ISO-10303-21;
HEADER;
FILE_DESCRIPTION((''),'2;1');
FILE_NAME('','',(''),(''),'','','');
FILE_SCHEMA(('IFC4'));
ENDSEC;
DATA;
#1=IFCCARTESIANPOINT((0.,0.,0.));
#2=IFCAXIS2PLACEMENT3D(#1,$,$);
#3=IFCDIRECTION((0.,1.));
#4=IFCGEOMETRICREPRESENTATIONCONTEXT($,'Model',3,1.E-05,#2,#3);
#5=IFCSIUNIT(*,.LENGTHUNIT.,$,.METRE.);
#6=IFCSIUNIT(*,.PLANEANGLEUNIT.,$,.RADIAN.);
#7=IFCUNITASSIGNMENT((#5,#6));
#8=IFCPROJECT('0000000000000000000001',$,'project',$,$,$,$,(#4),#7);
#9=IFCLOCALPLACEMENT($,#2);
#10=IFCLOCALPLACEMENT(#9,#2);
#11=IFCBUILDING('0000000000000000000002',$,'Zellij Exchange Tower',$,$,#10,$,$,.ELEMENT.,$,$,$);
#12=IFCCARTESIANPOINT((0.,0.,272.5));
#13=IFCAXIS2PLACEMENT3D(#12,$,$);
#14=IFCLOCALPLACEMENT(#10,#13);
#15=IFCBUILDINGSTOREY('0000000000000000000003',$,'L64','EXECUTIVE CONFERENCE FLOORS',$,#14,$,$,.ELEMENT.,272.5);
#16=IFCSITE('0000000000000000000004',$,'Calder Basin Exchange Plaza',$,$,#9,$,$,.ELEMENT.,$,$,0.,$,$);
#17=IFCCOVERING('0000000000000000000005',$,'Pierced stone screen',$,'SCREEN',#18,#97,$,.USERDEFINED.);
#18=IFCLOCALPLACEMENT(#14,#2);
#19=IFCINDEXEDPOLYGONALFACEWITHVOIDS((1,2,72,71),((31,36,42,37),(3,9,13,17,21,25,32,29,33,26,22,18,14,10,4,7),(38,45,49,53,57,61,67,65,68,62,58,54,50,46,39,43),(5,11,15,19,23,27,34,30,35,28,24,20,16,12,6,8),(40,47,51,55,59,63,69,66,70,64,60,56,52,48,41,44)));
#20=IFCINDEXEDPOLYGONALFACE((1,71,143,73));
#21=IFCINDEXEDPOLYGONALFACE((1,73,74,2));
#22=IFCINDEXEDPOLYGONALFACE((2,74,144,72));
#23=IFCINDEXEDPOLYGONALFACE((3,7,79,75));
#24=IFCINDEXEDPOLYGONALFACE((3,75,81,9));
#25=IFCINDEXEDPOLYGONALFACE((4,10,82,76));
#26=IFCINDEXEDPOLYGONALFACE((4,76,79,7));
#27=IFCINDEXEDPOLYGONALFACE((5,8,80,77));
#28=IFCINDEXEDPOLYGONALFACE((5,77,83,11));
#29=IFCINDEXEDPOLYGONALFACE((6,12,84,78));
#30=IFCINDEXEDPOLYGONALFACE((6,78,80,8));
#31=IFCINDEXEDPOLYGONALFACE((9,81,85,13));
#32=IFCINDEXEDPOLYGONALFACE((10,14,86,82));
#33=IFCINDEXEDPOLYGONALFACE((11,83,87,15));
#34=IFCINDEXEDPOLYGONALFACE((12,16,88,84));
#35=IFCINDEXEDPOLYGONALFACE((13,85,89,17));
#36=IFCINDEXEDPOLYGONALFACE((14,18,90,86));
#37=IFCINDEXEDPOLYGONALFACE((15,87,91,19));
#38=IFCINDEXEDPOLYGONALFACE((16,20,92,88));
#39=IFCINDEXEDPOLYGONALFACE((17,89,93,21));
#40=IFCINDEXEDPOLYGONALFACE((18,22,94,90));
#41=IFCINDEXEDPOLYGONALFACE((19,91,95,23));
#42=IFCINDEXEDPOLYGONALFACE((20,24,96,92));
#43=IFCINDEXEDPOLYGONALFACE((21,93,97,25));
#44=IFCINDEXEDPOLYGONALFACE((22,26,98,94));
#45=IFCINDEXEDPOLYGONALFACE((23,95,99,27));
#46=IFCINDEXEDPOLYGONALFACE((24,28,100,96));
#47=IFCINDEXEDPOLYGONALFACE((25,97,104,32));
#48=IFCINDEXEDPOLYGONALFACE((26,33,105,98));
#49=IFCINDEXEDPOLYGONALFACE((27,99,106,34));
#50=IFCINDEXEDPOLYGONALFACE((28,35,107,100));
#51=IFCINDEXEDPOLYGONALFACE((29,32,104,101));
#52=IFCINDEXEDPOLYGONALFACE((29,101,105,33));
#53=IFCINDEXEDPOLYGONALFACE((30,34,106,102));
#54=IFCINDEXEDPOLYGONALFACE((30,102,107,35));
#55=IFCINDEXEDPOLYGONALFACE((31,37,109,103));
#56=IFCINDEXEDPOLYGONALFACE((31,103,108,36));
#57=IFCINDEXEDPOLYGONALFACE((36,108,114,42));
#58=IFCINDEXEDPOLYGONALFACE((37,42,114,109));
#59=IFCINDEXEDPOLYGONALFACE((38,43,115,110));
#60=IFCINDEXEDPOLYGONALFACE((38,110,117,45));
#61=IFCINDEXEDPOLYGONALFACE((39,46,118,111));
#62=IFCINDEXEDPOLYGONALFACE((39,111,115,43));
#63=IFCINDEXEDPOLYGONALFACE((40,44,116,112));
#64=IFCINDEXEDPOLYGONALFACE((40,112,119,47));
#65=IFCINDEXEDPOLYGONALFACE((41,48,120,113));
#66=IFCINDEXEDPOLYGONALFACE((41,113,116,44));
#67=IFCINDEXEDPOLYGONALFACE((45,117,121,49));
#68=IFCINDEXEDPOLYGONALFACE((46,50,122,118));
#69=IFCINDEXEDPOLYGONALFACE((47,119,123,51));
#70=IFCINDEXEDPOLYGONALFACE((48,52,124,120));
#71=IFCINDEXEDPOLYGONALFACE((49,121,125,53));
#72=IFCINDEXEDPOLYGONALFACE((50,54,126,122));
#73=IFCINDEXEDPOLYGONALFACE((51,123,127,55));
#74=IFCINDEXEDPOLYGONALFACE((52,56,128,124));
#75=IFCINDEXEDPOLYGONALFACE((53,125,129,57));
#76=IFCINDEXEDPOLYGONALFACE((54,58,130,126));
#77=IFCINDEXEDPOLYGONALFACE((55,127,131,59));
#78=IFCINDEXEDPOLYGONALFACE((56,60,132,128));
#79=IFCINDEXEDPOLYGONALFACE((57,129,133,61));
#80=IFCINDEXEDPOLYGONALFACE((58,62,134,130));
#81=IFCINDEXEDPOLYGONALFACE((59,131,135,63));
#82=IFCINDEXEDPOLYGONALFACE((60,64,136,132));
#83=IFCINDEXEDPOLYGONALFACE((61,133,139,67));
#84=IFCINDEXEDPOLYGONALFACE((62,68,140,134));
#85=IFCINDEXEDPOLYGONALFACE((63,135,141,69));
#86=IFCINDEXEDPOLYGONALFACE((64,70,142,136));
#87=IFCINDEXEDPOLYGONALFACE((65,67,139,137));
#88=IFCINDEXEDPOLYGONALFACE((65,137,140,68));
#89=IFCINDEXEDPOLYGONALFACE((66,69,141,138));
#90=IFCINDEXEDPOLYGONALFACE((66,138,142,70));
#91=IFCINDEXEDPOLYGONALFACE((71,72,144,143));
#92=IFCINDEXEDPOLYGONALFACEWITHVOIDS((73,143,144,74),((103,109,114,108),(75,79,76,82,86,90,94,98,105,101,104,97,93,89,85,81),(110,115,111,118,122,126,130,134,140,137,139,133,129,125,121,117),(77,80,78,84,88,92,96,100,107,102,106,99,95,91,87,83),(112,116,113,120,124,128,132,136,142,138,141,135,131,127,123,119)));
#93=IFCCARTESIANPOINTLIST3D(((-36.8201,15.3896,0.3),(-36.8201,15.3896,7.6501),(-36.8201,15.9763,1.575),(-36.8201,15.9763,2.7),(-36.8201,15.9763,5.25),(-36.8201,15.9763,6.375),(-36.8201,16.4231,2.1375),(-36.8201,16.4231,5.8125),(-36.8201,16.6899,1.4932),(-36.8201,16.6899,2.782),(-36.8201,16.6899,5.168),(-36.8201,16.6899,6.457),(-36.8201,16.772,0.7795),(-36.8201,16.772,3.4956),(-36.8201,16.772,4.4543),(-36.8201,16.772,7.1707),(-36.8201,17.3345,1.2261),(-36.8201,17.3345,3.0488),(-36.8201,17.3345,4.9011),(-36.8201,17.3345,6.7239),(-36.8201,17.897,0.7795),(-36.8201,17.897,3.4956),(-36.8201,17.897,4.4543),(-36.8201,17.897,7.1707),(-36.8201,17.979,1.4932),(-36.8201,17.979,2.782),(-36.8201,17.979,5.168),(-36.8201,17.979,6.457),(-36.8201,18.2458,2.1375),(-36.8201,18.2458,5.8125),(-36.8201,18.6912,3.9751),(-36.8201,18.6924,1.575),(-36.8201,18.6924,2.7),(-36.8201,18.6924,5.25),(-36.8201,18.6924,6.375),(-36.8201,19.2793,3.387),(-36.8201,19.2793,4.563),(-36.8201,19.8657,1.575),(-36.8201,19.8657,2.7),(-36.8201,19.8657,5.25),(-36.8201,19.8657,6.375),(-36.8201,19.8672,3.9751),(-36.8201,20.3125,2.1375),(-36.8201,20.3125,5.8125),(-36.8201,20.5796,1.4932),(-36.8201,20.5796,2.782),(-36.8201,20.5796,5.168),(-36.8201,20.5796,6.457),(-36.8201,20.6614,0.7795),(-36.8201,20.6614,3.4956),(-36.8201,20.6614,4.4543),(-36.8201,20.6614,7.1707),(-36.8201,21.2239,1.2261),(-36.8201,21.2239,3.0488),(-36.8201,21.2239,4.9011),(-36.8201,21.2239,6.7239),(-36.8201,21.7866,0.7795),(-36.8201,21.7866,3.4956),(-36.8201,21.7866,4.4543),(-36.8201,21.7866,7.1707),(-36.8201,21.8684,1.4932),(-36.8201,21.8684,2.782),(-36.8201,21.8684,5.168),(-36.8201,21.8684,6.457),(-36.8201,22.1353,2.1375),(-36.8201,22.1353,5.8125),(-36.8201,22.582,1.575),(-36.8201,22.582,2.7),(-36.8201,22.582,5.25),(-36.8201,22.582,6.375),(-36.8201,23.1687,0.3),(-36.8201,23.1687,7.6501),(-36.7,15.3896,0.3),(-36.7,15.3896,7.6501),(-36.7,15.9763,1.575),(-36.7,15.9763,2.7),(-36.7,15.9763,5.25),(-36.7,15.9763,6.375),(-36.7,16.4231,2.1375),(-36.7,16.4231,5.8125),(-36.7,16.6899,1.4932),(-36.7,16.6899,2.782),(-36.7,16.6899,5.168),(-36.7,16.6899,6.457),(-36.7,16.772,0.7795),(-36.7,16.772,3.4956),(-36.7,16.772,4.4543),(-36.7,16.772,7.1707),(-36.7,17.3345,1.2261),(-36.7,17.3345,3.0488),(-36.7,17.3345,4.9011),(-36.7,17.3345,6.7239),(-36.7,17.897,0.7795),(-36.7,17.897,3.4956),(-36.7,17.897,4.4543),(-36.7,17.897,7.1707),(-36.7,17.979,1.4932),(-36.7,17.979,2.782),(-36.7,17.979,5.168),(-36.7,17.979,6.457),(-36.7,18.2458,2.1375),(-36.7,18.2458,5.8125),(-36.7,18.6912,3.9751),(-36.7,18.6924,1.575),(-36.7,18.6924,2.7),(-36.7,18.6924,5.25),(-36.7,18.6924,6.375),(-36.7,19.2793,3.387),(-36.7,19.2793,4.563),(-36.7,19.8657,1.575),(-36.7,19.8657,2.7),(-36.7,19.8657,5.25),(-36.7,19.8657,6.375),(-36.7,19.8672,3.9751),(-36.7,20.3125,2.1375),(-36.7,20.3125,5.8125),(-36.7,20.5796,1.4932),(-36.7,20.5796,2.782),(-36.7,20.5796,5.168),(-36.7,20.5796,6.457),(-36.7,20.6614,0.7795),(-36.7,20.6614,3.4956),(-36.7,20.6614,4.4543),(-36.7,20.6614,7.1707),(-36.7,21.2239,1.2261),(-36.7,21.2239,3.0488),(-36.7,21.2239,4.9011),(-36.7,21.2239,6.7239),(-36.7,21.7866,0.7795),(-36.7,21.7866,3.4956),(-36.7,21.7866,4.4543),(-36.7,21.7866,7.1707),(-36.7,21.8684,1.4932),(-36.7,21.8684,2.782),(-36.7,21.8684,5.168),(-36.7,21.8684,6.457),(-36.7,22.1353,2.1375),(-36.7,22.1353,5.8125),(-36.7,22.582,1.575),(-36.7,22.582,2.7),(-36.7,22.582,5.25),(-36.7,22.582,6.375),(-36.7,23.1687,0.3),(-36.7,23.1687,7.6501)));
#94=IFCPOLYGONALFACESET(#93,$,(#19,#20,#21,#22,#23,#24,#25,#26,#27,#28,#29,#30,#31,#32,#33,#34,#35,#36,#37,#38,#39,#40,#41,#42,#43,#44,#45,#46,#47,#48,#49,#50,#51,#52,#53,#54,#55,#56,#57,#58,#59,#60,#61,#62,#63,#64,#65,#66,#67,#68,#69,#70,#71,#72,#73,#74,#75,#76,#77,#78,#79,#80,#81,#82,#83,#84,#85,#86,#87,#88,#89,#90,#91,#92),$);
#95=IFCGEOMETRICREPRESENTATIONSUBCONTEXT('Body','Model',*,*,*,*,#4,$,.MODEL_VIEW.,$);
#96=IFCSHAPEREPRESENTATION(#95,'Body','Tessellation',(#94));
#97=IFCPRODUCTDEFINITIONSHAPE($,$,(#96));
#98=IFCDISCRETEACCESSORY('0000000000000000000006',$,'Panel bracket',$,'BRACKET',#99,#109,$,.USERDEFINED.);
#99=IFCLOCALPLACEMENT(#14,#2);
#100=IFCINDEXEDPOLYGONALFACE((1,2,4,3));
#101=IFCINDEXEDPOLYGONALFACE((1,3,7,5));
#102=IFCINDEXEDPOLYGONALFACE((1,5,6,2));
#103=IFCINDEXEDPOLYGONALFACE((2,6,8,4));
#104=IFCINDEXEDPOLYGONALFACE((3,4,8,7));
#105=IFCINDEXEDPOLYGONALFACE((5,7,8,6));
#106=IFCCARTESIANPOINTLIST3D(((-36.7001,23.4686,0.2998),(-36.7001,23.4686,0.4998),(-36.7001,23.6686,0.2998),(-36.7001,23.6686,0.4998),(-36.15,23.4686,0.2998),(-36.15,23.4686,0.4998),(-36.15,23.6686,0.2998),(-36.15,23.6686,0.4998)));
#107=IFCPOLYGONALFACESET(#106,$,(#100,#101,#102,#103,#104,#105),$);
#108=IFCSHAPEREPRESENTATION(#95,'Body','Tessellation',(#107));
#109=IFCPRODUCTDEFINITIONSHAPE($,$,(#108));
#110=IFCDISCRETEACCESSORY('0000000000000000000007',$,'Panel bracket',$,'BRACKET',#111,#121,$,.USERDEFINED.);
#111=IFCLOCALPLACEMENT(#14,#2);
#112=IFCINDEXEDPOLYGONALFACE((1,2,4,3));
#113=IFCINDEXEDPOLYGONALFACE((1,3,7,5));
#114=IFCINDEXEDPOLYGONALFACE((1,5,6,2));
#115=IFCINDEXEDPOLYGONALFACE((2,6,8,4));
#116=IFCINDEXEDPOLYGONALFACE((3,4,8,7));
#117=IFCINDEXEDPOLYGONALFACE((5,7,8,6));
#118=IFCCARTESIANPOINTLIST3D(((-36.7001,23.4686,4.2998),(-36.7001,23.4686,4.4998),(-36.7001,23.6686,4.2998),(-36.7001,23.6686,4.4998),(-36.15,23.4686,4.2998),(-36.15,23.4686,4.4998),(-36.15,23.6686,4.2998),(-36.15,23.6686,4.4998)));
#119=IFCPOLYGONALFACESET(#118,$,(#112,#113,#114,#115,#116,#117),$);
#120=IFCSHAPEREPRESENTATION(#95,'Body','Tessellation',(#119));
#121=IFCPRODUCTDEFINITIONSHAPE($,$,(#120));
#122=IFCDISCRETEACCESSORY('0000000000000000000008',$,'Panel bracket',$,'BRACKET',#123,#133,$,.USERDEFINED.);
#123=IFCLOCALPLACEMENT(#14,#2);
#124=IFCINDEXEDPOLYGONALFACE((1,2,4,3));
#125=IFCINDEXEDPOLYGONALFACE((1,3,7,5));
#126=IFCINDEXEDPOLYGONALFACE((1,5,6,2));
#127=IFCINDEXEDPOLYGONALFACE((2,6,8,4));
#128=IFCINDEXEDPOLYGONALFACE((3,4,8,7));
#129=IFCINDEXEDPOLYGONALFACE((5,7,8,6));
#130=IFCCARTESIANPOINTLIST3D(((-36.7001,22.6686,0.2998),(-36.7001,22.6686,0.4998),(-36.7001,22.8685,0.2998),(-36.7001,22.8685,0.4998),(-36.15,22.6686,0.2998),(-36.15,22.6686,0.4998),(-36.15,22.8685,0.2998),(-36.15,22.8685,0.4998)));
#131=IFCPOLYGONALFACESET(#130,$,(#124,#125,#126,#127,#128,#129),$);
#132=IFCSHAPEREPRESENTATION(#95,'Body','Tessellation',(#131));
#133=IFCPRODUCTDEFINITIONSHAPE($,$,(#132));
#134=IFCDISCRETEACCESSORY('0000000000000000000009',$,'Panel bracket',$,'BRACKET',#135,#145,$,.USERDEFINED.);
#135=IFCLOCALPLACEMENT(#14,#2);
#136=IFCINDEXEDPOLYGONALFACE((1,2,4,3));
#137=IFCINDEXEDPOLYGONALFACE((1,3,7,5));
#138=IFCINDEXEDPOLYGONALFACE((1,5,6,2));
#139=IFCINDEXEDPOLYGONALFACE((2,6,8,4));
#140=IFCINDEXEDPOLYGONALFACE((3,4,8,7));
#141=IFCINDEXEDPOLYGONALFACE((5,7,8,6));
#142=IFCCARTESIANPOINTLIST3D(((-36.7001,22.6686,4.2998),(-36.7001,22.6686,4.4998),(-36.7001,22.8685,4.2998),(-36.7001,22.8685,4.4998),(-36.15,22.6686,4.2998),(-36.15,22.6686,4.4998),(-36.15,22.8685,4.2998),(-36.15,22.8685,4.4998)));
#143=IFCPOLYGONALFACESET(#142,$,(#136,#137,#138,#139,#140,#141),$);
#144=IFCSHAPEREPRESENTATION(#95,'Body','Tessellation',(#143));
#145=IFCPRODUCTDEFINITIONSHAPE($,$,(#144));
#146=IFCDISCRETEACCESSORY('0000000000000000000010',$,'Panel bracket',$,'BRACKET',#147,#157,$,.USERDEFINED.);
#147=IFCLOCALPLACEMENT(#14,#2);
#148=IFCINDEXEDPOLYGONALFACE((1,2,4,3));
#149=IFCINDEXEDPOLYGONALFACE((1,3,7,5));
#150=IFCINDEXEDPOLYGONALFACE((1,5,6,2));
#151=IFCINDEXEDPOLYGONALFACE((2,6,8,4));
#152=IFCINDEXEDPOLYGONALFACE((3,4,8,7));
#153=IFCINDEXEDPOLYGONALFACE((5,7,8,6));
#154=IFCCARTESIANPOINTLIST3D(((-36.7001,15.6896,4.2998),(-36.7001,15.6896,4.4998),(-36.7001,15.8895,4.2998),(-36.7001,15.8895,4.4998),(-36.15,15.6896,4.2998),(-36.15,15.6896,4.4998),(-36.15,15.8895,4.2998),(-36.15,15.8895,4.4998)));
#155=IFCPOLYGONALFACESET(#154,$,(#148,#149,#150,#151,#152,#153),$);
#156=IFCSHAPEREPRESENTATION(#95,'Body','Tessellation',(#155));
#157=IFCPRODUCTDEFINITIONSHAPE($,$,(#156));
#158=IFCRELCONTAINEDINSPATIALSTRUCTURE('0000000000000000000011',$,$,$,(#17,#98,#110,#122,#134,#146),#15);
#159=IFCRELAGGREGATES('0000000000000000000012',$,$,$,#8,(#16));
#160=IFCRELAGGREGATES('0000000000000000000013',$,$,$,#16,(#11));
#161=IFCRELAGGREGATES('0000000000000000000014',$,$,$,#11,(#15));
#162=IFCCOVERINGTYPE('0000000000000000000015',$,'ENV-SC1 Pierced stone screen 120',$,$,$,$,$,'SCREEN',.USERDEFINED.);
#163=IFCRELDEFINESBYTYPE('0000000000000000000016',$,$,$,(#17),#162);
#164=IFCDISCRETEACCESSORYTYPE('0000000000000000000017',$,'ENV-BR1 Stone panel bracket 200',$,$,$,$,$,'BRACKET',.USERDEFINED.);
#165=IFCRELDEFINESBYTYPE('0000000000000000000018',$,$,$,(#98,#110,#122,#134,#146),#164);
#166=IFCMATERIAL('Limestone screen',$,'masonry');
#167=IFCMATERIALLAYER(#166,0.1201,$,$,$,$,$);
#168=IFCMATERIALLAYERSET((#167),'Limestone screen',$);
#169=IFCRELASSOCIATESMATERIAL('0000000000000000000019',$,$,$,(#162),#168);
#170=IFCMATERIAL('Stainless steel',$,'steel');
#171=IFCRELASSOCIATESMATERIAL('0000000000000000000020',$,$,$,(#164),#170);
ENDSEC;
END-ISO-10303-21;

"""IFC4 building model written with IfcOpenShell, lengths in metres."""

from ifc_helpers import new_model, si_unit, direction, frame, origin, origin_2d, place, context, subcontext, project, spatial, polyline, rectangle, outline, extrude, material, layer, layer_set, type_object, element, save


model = new_model("IFC4")

# Units and contexts
model_context = context("Model", 3, precision=1e-05, world=origin(), true_north=direction((0.0, 1.0)))
body_context = subcontext(model_context, "Body", "Model", "MODEL_VIEW")
ifc_project = project(units=[si_unit("LENGTHUNIT", "METRE"), si_unit("PLANEANGLEUNIT", "RADIAN")], contexts=[model_context])

# Site, building, storey
site_placement = place(None, origin())
site = spatial("IfcSite", under=ifc_project, at=site_placement, Name="Calder Basin Exchange Plaza", CompositionType="ELEMENT", RefElevation=0.0)
building_placement = place(site_placement, origin())
building = spatial("IfcBuilding", under=site, at=building_placement, Name="Zellij Exchange Tower", CompositionType="ELEMENT")
storey_placement = place(building_placement, frame((0.0, 0.0, 272.5)))
storey = spatial("IfcBuildingStorey", under=building, at=storey_placement, Name="L64", Description="EXECUTIVE CONFERENCE FLOORS", CompositionType="ELEMENT", Elevation=272.5)

# Covering
ifc_material_1 = material(Name="Limestone screen", Category="masonry")
ifc_layer_1 = layer(ifc_material_1, 0.1201)
ifc_layer_set_1 = layer_set([ifc_layer_1], Name="Limestone screen")
covering_type = type_object("IfcCoveringType", Name="ENV-SC1 Pierced stone screen 120", ElementType="SCREEN", PredefinedType="USERDEFINED", material=ifc_layer_set_1)
covering_placement = place(storey_placement, frame((-36.76, 23.1687, 0.3), z_axis=(0.0, 0.0, 1.0), x_axis=(0.0, -1.0, 0.0)))
element("IfcCovering", 1, at=covering_placement, inside=storey, type_object=covering_type, Name="Pierced stone screen", ObjectType="SCREEN", PredefinedType="USERDEFINED", context=body_context, shape_type="SweptSolid", body=[
    extrude(outline(polyline([(0.0, 0.0), (7.7791, 0.0), (7.7791, 7.3501), (0.0, 7.3501), (0.0, 0.0)]), holes=[polyline([(3.303, 2.3999), (2.5891, 2.4819), (2.5073, 3.1956), (1.9448, 2.7488), (1.3821, 3.1956), (1.3003, 2.4819), (0.5867, 2.3999), (1.0334, 1.8374), (0.5867, 1.2749), (1.3003, 1.1931), (1.3821, 0.4795), (1.9448, 0.926), (2.5073, 0.4795), (2.5891, 1.1931), (3.303, 1.2749), (2.8562, 1.8374), (3.303, 2.3999)]), polyline([(3.303, 6.075), (2.5891, 6.157), (2.5073, 6.8706), (1.9448, 6.4238), (1.3821, 6.8706), (1.3003, 6.157), (0.5867, 6.075), (1.0334, 5.5125), (0.5867, 4.95), (1.3003, 4.8679), (1.3821, 4.1543), (1.9448, 4.6011), (2.5073, 4.1543), (2.5891, 4.8679), (3.303, 4.95), (2.8562, 5.5125), (3.303, 6.075)]), polyline([(7.1924, 2.3999), (6.4788, 2.4819), (6.3967, 3.1956), (5.8342, 2.7488), (5.2717, 3.1956), (5.1897, 2.4819), (4.4763, 2.3999), (4.9229, 1.8374), (4.4763, 1.2749), (5.1897, 1.1931), (5.2717, 0.4795), (5.8342, 0.926), (6.3967, 0.4795), (6.4788, 1.1931), (7.1924, 1.2749), (6.7456, 1.8374), (7.1924, 2.3999)]), polyline([(7.1924, 6.075), (6.4788, 6.157), (6.3967, 6.8706), (5.8342, 6.4238), (5.2717, 6.8706), (5.1897, 6.157), (4.4763, 6.075), (4.9229, 5.5125), (4.4763, 4.95), (5.1897, 4.8679), (5.2717, 4.1543), (5.8342, 4.6011), (6.3967, 4.1543), (6.4788, 4.8679), (7.1924, 4.95), (6.7456, 5.5125), (7.1924, 6.075)]), polyline([(4.4775, 3.675), (3.8894, 4.2629), (3.3015, 3.675), (3.8894, 3.0869), (4.4775, 3.675)])]), frame((0.0, 0.0601, 0.0), z_axis=(0.0, -1.0, 0.0), x_axis=(1.0, 0.0, 0.0)), (0.0, 0.0, 1.0), 0.1201),
])

# Discrete accessories
ifc_material_2 = material(Name="Stainless steel", Category="steel")
discrete_accessory_type = type_object("IfcDiscreteAccessoryType", Name="ENV-BR1 Stone panel bracket 200", ElementType="BRACKET", PredefinedType="USERDEFINED", material=ifc_material_2)
for number, where, z_axis, x_axis, name in (
    (2, (-36.425, 23.5686, 0.2998), (0.0, 0.0, 1.0), (0.0, -1.0, 0.0), "Panel bracket"),
    (3, (-36.425, 23.5686, 4.2998), (0.0, 0.0, 1.0), (0.0, -1.0, 0.0), "Panel bracket"),
    (4, (-36.425, 22.7686, 0.2998), (0.0, 0.0, 1.0), (0.0, -1.0, 0.0), "Panel bracket"),
    (5, (-36.425, 22.7686, 4.2998), (0.0, 0.0, 1.0), (0.0, -1.0, 0.0), "Panel bracket"),
    (6, (-36.425, 15.7896, 4.2998), (0.0, 0.0, 1.0), (0.0, -1.0, 0.0), "Panel bracket"),
):
    element("IfcDiscreteAccessory", number, at=place(storey_placement, frame(where, z_axis=z_axis, x_axis=x_axis)), inside=storey, type_object=discrete_accessory_type, Name=name, ObjectType="BRACKET", PredefinedType="USERDEFINED", context=body_context, shape_type="SweptSolid", body=[
        extrude(rectangle(XDim=0.2, YDim=0.55, at=origin_2d()), origin(), (0.0, 0.0, 1.0), 0.2),
    ])

save(model, "model.ifc")
